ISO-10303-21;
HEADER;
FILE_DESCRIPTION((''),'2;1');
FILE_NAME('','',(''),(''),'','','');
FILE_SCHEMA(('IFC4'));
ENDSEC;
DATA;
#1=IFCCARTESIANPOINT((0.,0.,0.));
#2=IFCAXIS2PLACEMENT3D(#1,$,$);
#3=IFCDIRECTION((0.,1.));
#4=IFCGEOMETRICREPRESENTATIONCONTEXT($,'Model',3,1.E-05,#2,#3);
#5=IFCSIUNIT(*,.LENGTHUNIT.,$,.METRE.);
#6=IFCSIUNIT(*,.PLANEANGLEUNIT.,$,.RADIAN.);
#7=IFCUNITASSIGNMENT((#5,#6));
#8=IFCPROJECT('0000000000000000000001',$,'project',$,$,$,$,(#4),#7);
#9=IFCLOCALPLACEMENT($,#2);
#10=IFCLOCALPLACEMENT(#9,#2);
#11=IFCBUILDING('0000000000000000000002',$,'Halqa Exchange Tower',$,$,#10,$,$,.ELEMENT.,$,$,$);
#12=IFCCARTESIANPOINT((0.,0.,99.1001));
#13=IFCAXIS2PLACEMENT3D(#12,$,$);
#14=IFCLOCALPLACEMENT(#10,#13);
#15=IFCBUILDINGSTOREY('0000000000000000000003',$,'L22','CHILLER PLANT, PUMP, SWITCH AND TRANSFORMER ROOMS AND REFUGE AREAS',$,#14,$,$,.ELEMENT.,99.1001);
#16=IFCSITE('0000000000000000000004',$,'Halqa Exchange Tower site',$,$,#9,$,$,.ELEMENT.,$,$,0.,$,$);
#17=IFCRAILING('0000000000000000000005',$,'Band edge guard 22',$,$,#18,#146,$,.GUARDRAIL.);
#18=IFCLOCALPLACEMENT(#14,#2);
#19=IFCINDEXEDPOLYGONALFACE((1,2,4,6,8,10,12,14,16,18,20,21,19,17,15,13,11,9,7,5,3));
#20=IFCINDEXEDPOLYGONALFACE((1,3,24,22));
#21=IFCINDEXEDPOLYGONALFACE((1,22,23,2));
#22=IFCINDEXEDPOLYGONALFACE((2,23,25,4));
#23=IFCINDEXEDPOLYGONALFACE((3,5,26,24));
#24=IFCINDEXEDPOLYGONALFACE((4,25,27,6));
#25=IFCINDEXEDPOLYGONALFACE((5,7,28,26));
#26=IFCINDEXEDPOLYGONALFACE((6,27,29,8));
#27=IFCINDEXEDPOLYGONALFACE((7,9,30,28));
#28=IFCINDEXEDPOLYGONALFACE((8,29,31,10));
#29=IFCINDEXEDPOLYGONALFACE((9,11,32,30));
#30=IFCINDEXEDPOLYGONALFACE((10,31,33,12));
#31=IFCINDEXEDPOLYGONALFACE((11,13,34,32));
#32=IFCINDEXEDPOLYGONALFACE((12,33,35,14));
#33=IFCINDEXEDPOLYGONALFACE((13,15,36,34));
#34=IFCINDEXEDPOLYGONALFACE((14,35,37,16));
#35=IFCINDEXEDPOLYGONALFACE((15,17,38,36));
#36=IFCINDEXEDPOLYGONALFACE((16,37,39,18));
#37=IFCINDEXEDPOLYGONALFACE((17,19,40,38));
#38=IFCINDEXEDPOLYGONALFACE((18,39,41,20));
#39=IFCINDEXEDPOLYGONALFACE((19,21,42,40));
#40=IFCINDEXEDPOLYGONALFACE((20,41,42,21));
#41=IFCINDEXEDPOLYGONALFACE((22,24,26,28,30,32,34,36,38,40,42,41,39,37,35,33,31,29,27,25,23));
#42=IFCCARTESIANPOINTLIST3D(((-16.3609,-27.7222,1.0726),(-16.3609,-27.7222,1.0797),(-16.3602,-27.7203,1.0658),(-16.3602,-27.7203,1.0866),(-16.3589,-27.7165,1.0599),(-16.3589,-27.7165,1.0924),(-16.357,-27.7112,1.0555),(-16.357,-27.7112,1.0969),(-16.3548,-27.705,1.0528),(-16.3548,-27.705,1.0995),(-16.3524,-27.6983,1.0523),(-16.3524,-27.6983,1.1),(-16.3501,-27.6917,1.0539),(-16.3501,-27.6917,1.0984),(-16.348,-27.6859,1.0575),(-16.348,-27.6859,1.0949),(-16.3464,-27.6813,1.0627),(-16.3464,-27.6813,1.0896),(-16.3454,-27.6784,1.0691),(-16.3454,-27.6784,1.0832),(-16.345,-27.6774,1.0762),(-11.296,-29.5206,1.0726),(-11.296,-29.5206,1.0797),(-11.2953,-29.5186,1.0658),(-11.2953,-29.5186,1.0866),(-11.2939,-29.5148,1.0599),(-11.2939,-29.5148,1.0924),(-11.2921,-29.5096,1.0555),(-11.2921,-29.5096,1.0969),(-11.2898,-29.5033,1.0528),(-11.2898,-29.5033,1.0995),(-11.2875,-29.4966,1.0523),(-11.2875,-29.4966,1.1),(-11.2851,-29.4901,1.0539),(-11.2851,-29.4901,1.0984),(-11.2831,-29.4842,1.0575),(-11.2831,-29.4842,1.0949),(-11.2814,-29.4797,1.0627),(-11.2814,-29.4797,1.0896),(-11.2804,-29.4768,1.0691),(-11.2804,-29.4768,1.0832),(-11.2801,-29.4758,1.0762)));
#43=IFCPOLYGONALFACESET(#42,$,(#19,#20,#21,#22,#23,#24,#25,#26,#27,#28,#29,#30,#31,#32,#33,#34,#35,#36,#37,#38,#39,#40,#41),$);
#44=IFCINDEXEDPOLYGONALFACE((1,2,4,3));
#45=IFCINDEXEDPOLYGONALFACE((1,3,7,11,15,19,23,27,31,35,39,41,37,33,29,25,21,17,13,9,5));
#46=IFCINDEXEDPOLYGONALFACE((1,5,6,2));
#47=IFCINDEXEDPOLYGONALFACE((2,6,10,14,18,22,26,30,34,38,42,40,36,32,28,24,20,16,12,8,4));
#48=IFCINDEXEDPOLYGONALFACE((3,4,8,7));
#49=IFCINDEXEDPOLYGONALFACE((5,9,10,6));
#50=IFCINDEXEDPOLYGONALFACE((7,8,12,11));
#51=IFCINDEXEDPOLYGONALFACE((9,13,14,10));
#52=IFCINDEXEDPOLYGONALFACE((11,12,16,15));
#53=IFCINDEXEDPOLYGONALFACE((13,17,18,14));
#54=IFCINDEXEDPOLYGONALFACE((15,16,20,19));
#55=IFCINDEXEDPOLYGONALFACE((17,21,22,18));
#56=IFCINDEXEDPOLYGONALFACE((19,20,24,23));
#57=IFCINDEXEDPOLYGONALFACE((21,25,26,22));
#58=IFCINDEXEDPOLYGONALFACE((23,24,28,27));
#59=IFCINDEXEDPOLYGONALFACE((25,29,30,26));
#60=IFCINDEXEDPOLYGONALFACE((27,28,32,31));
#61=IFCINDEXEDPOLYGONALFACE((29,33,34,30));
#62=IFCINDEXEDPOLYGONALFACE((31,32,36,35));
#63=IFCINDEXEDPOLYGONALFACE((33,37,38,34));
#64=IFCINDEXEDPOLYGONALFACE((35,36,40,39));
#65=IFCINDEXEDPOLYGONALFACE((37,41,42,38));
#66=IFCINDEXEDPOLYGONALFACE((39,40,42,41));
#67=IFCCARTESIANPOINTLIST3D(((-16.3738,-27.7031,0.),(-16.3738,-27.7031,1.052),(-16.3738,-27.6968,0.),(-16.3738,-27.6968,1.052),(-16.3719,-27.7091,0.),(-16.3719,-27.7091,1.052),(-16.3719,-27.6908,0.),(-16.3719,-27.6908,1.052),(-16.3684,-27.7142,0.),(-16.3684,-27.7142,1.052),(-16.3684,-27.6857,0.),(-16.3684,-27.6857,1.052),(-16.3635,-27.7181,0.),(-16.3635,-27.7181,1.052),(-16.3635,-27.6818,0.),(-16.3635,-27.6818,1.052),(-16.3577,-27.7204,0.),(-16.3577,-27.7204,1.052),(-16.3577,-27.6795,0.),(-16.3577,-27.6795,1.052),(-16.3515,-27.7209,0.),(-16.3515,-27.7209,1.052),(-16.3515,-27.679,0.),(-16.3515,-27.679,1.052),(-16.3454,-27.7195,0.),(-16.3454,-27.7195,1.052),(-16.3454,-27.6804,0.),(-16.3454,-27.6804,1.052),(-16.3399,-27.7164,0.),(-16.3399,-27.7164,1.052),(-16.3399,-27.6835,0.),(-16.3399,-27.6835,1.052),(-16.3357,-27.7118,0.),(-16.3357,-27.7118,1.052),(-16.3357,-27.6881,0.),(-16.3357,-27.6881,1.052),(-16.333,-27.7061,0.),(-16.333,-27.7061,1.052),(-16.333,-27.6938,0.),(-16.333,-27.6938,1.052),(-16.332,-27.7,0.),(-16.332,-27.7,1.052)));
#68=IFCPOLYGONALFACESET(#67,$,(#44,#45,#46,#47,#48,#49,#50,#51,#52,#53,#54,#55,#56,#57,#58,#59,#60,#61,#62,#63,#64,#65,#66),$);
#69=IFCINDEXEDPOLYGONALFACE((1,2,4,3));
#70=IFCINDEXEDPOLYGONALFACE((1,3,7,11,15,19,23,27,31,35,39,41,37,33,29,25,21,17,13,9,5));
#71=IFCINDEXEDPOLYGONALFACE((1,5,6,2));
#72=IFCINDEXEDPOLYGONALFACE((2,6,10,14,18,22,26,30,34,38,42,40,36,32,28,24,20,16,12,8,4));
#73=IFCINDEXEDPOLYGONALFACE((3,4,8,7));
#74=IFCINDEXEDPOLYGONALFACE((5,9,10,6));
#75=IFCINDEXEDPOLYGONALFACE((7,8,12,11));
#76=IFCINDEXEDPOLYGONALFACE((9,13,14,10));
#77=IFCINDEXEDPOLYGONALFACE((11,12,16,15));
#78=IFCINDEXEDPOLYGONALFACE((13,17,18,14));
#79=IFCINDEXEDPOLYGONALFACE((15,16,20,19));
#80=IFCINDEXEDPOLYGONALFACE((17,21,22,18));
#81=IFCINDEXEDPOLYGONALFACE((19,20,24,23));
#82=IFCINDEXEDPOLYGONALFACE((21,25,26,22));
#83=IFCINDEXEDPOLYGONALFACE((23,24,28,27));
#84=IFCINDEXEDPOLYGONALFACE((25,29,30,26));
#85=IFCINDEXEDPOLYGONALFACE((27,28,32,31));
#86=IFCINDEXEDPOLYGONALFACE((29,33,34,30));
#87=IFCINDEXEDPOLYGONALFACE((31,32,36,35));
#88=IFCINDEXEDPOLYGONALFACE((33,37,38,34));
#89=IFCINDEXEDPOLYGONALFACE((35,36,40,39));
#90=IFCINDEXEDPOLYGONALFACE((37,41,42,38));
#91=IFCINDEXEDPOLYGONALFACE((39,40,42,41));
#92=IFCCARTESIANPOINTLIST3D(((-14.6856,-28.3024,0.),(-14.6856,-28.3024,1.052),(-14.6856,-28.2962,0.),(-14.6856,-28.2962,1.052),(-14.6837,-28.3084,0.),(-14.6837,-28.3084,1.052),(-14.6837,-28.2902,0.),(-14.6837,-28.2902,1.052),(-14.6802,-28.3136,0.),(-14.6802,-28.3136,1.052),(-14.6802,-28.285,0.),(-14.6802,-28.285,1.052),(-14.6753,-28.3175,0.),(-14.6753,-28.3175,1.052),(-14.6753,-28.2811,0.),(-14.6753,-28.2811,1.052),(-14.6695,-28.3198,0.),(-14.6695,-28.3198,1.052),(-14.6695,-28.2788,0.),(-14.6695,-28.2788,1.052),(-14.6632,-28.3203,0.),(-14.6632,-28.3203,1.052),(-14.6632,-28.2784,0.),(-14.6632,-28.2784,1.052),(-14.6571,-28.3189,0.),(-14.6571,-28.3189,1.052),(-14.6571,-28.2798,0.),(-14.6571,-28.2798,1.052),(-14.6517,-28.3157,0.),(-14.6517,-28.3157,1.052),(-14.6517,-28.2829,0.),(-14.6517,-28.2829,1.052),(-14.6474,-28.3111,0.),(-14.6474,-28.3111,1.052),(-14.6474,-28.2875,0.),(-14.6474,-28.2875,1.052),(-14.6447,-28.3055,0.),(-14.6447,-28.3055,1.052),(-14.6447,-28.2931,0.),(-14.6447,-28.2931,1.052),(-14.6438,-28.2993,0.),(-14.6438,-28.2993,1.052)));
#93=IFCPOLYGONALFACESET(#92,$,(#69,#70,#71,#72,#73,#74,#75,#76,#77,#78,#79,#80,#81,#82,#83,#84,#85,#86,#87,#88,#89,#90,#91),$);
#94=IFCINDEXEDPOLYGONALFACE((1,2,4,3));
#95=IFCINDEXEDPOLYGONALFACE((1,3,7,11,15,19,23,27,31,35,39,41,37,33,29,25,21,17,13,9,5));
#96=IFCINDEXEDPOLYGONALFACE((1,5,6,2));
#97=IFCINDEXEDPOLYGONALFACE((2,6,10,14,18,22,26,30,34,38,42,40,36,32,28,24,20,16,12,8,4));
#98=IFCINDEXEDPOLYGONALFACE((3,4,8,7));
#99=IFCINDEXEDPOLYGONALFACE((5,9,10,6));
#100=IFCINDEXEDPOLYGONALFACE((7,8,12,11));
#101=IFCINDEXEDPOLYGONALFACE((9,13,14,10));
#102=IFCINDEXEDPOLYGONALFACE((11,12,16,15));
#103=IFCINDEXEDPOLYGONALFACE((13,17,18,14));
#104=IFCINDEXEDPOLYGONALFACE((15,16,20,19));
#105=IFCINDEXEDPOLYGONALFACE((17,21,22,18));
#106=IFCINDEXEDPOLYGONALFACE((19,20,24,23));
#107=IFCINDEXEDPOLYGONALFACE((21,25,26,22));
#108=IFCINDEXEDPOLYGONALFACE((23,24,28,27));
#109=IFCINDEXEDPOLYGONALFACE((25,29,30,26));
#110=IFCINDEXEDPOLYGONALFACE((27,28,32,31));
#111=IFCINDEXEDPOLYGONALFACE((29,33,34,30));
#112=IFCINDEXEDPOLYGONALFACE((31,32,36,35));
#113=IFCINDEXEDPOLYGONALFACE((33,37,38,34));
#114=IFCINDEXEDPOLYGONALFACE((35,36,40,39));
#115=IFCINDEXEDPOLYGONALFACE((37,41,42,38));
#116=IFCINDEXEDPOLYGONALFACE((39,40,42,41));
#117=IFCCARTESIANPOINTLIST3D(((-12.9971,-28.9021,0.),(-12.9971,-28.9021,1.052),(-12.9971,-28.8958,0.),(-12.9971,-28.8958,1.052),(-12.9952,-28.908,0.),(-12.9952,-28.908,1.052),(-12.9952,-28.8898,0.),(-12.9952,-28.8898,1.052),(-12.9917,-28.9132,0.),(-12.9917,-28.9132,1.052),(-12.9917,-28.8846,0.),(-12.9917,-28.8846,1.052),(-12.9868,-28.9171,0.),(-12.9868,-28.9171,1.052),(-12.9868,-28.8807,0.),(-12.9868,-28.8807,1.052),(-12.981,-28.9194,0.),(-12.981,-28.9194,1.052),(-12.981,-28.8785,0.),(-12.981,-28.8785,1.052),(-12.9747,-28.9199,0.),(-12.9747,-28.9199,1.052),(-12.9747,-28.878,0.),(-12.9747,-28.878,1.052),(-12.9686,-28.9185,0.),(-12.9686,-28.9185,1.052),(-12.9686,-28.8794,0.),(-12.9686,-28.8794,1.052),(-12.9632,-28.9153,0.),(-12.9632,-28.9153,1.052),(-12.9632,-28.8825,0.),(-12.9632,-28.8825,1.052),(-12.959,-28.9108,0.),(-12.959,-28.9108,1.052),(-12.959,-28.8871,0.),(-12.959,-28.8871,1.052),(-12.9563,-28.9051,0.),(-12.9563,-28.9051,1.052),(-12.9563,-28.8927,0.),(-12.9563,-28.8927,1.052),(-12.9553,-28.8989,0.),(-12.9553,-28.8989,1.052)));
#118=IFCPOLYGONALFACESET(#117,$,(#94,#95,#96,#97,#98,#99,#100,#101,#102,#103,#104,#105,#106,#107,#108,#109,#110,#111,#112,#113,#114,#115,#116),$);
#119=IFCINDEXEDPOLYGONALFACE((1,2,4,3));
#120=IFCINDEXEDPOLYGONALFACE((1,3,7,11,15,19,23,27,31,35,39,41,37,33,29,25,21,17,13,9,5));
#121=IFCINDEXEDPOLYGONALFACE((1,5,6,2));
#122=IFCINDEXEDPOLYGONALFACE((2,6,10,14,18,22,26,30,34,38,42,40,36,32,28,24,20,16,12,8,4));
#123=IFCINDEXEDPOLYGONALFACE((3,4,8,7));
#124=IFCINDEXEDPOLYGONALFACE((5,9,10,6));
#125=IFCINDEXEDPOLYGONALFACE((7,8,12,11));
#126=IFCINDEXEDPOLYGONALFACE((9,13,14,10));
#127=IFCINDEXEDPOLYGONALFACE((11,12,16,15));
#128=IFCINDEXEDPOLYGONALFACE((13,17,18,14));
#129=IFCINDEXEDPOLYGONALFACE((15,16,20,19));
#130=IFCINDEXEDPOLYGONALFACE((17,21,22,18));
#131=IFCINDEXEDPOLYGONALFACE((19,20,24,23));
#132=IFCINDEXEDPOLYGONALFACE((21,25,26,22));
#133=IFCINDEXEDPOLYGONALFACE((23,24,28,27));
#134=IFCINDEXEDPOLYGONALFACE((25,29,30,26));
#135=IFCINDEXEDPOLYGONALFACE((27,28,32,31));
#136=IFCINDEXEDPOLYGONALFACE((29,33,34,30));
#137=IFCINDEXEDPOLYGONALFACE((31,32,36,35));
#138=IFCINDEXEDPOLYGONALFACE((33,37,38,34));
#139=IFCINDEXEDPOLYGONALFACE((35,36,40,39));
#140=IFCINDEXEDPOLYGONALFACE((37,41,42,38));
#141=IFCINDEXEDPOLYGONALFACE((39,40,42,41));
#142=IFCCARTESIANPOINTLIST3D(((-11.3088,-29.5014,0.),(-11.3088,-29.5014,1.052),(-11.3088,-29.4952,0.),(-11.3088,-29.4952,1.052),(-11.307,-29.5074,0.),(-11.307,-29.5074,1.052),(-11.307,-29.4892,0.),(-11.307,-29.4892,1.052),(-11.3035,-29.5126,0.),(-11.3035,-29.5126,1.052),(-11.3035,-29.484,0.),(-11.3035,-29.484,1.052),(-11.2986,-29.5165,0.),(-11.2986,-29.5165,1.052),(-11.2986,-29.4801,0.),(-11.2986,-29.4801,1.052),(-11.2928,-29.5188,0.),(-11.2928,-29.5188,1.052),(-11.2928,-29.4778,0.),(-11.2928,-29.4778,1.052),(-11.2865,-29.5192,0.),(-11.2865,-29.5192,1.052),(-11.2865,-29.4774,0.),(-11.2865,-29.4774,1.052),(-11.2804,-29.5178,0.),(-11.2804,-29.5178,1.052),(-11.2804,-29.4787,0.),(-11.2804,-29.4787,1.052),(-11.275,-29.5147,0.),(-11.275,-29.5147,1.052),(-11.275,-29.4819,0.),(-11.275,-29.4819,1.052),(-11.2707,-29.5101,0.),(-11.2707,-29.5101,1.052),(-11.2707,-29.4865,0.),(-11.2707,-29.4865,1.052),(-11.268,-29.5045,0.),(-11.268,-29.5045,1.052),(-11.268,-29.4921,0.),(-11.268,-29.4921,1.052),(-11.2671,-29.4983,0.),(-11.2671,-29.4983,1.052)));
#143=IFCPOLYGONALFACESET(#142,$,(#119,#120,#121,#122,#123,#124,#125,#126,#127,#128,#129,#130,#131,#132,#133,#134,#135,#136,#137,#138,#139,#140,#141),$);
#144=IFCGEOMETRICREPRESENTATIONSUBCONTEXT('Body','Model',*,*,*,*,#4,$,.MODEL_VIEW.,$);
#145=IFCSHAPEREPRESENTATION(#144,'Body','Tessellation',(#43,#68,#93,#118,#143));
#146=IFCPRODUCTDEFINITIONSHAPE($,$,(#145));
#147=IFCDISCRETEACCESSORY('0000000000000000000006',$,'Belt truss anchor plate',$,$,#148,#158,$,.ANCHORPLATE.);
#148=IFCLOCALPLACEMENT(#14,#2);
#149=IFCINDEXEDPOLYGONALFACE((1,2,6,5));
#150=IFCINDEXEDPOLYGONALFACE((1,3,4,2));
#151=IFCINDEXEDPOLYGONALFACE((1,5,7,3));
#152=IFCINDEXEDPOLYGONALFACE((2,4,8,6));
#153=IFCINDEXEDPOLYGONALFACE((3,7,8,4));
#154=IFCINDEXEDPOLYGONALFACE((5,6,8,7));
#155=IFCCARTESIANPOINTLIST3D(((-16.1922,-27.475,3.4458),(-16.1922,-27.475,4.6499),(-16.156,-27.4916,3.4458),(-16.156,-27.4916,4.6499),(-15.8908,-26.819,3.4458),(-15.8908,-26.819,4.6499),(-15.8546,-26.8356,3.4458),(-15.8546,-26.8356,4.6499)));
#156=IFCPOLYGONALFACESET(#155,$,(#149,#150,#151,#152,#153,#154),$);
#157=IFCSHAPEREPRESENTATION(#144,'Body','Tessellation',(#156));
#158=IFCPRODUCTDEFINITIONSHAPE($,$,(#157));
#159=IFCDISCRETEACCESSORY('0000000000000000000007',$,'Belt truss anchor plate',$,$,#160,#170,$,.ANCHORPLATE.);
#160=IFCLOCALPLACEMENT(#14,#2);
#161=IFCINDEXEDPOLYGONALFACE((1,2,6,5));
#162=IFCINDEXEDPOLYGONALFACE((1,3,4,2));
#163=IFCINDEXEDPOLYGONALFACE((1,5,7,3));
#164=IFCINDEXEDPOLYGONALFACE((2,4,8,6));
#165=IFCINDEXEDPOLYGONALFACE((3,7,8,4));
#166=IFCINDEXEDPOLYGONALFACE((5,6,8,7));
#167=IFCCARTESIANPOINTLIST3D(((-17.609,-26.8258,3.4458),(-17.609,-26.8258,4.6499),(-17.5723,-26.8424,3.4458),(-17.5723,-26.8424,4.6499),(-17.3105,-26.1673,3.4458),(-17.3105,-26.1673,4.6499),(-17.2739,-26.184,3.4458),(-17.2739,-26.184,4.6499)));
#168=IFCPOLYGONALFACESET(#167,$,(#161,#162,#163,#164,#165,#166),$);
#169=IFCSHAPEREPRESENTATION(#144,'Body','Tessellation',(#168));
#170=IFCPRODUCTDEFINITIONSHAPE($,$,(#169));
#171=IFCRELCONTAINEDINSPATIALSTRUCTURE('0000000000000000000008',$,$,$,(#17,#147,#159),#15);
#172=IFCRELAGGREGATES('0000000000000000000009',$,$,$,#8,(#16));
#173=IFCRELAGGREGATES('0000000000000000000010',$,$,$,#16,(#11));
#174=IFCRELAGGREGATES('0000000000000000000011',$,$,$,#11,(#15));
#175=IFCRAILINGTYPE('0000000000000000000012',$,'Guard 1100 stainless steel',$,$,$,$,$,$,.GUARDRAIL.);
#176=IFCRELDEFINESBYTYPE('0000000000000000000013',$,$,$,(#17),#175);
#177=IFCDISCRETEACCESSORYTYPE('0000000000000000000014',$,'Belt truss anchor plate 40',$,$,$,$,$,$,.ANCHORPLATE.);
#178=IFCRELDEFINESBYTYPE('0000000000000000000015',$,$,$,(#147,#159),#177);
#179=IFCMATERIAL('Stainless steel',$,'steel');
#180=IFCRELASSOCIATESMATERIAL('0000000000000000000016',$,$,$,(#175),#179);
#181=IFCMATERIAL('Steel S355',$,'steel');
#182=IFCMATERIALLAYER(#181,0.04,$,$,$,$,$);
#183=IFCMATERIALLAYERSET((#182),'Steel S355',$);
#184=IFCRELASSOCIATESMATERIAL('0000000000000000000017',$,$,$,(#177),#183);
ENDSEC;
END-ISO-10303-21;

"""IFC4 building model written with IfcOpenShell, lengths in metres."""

from ifc_helpers import new_model, si_unit, direction, frame, origin, origin_2d, place, context, subcontext, project, spatial, rectangle, circle, extrude, material, layer, layer_set, type_object, element, save


model = new_model("IFC4")

# Units and contexts
model_context = context("Model", 3, precision=1e-05, world=origin(), true_north=direction((0.0, 1.0)))
body_context = subcontext(model_context, "Body", "Model", "MODEL_VIEW")
ifc_project = project(units=[si_unit("LENGTHUNIT", "METRE"), si_unit("PLANEANGLEUNIT", "RADIAN")], contexts=[model_context])

# Site, building, storey
site_placement = place(None, origin())
site = spatial("IfcSite", under=ifc_project, at=site_placement, Name="Halqa Exchange Tower site", CompositionType="ELEMENT", RefElevation=0.0)
building_placement = place(site_placement, origin())
building = spatial("IfcBuilding", under=site, at=building_placement, Name="Halqa Exchange Tower", CompositionType="ELEMENT")
storey_placement = place(building_placement, frame((0.0, 0.0, 99.1001)))
storey = spatial("IfcBuildingStorey", under=building, at=storey_placement, Name="L22", Description="CHILLER PLANT, PUMP, SWITCH AND TRANSFORMER ROOMS AND REFUGE AREAS", CompositionType="ELEMENT", Elevation=99.1001)

# Shared definitions
ifc_material_1 = material(Name="Steel S355", Category="steel")

# Railing
ifc_material_2 = material(Name="Stainless steel", Category="steel")
railing_type = type_object("IfcRailingType", Name="Guard 1100 stainless steel", PredefinedType="GUARDRAIL", material=ifc_material_2)
railing_placement = place(storey_placement, frame((-16.353, -27.7, 0.0)))
element("IfcRailing", 1, at=railing_placement, inside=storey, type_object=railing_type, Name="Band edge guard 22", PredefinedType="GUARDRAIL", context=body_context, shape_type="SweptSolid", body=[
    extrude(circle(Radius=0.0239, at=origin_2d()), frame((0.0, 0.0, 1.0762), z_axis=(0.942363, -0.334592, 0.0), x_axis=(0.334592, 0.942363, 0.0)), (0.0, 0.0, 1.0), 5.3748),
    extrude(circle(Radius=0.021, at=origin_2d()), origin(), (0.0, 0.0, 1.0), 1.052),
    extrude(circle(Radius=0.021, at=origin_2d()), frame((1.6882, -0.5994, 0.0)), (0.0, 0.0, 1.0), 1.052),
    extrude(circle(Radius=0.021, at=origin_2d()), frame((3.3767, -1.199, 0.0)), (0.0, 0.0, 1.0), 1.052),
    extrude(circle(Radius=0.021, at=origin_2d()), frame((5.0649, -1.7983, 0.0)), (0.0, 0.0, 1.0), 1.052),
])

# Discrete accessories
ifc_layer_1 = layer(ifc_material_1, 0.04)
ifc_layer_set_1 = layer_set([ifc_layer_1], Name="Steel S355")
discrete_accessory_type = type_object("IfcDiscreteAccessoryType", Name="Belt truss anchor plate 40", PredefinedType="ANCHORPLATE", material=ifc_layer_set_1)
discrete_accessory_1_placement = place(storey_placement, frame((-16.0415, -27.147, 4.0479), z_axis=(0.908677, -0.4175, 0.0), x_axis=(0.4175, 0.908677, 0.0)))
element("IfcDiscreteAccessory", 2, at=discrete_accessory_1_placement, inside=storey, type_object=discrete_accessory_type, Name="Belt truss anchor plate", PredefinedType="ANCHORPLATE", context=body_context, shape_type="SweptSolid", body=[
    extrude(rectangle(XDim=0.7219, YDim=1.2041, at=origin_2d()), origin(), (0.0, 0.0, 1.0), 0.0398),
])
discrete_accessory_2_placement = place(storey_placement, frame((-17.4231, -26.5132, 4.0479), z_axis=(-0.910782, 0.412888, 0.0), x_axis=(-0.412888, -0.910782, 0.0)))
element("IfcDiscreteAccessory", 3, at=discrete_accessory_2_placement, inside=storey, type_object=discrete_accessory_type, Name="Belt truss anchor plate", PredefinedType="ANCHORPLATE", context=body_context, shape_type="SweptSolid", body=[
    extrude(rectangle(XDim=0.7229, YDim=1.2041, at=origin_2d()), origin(), (0.0, 0.0, 1.0), 0.0403),
])

save(model, "model.ifc")
